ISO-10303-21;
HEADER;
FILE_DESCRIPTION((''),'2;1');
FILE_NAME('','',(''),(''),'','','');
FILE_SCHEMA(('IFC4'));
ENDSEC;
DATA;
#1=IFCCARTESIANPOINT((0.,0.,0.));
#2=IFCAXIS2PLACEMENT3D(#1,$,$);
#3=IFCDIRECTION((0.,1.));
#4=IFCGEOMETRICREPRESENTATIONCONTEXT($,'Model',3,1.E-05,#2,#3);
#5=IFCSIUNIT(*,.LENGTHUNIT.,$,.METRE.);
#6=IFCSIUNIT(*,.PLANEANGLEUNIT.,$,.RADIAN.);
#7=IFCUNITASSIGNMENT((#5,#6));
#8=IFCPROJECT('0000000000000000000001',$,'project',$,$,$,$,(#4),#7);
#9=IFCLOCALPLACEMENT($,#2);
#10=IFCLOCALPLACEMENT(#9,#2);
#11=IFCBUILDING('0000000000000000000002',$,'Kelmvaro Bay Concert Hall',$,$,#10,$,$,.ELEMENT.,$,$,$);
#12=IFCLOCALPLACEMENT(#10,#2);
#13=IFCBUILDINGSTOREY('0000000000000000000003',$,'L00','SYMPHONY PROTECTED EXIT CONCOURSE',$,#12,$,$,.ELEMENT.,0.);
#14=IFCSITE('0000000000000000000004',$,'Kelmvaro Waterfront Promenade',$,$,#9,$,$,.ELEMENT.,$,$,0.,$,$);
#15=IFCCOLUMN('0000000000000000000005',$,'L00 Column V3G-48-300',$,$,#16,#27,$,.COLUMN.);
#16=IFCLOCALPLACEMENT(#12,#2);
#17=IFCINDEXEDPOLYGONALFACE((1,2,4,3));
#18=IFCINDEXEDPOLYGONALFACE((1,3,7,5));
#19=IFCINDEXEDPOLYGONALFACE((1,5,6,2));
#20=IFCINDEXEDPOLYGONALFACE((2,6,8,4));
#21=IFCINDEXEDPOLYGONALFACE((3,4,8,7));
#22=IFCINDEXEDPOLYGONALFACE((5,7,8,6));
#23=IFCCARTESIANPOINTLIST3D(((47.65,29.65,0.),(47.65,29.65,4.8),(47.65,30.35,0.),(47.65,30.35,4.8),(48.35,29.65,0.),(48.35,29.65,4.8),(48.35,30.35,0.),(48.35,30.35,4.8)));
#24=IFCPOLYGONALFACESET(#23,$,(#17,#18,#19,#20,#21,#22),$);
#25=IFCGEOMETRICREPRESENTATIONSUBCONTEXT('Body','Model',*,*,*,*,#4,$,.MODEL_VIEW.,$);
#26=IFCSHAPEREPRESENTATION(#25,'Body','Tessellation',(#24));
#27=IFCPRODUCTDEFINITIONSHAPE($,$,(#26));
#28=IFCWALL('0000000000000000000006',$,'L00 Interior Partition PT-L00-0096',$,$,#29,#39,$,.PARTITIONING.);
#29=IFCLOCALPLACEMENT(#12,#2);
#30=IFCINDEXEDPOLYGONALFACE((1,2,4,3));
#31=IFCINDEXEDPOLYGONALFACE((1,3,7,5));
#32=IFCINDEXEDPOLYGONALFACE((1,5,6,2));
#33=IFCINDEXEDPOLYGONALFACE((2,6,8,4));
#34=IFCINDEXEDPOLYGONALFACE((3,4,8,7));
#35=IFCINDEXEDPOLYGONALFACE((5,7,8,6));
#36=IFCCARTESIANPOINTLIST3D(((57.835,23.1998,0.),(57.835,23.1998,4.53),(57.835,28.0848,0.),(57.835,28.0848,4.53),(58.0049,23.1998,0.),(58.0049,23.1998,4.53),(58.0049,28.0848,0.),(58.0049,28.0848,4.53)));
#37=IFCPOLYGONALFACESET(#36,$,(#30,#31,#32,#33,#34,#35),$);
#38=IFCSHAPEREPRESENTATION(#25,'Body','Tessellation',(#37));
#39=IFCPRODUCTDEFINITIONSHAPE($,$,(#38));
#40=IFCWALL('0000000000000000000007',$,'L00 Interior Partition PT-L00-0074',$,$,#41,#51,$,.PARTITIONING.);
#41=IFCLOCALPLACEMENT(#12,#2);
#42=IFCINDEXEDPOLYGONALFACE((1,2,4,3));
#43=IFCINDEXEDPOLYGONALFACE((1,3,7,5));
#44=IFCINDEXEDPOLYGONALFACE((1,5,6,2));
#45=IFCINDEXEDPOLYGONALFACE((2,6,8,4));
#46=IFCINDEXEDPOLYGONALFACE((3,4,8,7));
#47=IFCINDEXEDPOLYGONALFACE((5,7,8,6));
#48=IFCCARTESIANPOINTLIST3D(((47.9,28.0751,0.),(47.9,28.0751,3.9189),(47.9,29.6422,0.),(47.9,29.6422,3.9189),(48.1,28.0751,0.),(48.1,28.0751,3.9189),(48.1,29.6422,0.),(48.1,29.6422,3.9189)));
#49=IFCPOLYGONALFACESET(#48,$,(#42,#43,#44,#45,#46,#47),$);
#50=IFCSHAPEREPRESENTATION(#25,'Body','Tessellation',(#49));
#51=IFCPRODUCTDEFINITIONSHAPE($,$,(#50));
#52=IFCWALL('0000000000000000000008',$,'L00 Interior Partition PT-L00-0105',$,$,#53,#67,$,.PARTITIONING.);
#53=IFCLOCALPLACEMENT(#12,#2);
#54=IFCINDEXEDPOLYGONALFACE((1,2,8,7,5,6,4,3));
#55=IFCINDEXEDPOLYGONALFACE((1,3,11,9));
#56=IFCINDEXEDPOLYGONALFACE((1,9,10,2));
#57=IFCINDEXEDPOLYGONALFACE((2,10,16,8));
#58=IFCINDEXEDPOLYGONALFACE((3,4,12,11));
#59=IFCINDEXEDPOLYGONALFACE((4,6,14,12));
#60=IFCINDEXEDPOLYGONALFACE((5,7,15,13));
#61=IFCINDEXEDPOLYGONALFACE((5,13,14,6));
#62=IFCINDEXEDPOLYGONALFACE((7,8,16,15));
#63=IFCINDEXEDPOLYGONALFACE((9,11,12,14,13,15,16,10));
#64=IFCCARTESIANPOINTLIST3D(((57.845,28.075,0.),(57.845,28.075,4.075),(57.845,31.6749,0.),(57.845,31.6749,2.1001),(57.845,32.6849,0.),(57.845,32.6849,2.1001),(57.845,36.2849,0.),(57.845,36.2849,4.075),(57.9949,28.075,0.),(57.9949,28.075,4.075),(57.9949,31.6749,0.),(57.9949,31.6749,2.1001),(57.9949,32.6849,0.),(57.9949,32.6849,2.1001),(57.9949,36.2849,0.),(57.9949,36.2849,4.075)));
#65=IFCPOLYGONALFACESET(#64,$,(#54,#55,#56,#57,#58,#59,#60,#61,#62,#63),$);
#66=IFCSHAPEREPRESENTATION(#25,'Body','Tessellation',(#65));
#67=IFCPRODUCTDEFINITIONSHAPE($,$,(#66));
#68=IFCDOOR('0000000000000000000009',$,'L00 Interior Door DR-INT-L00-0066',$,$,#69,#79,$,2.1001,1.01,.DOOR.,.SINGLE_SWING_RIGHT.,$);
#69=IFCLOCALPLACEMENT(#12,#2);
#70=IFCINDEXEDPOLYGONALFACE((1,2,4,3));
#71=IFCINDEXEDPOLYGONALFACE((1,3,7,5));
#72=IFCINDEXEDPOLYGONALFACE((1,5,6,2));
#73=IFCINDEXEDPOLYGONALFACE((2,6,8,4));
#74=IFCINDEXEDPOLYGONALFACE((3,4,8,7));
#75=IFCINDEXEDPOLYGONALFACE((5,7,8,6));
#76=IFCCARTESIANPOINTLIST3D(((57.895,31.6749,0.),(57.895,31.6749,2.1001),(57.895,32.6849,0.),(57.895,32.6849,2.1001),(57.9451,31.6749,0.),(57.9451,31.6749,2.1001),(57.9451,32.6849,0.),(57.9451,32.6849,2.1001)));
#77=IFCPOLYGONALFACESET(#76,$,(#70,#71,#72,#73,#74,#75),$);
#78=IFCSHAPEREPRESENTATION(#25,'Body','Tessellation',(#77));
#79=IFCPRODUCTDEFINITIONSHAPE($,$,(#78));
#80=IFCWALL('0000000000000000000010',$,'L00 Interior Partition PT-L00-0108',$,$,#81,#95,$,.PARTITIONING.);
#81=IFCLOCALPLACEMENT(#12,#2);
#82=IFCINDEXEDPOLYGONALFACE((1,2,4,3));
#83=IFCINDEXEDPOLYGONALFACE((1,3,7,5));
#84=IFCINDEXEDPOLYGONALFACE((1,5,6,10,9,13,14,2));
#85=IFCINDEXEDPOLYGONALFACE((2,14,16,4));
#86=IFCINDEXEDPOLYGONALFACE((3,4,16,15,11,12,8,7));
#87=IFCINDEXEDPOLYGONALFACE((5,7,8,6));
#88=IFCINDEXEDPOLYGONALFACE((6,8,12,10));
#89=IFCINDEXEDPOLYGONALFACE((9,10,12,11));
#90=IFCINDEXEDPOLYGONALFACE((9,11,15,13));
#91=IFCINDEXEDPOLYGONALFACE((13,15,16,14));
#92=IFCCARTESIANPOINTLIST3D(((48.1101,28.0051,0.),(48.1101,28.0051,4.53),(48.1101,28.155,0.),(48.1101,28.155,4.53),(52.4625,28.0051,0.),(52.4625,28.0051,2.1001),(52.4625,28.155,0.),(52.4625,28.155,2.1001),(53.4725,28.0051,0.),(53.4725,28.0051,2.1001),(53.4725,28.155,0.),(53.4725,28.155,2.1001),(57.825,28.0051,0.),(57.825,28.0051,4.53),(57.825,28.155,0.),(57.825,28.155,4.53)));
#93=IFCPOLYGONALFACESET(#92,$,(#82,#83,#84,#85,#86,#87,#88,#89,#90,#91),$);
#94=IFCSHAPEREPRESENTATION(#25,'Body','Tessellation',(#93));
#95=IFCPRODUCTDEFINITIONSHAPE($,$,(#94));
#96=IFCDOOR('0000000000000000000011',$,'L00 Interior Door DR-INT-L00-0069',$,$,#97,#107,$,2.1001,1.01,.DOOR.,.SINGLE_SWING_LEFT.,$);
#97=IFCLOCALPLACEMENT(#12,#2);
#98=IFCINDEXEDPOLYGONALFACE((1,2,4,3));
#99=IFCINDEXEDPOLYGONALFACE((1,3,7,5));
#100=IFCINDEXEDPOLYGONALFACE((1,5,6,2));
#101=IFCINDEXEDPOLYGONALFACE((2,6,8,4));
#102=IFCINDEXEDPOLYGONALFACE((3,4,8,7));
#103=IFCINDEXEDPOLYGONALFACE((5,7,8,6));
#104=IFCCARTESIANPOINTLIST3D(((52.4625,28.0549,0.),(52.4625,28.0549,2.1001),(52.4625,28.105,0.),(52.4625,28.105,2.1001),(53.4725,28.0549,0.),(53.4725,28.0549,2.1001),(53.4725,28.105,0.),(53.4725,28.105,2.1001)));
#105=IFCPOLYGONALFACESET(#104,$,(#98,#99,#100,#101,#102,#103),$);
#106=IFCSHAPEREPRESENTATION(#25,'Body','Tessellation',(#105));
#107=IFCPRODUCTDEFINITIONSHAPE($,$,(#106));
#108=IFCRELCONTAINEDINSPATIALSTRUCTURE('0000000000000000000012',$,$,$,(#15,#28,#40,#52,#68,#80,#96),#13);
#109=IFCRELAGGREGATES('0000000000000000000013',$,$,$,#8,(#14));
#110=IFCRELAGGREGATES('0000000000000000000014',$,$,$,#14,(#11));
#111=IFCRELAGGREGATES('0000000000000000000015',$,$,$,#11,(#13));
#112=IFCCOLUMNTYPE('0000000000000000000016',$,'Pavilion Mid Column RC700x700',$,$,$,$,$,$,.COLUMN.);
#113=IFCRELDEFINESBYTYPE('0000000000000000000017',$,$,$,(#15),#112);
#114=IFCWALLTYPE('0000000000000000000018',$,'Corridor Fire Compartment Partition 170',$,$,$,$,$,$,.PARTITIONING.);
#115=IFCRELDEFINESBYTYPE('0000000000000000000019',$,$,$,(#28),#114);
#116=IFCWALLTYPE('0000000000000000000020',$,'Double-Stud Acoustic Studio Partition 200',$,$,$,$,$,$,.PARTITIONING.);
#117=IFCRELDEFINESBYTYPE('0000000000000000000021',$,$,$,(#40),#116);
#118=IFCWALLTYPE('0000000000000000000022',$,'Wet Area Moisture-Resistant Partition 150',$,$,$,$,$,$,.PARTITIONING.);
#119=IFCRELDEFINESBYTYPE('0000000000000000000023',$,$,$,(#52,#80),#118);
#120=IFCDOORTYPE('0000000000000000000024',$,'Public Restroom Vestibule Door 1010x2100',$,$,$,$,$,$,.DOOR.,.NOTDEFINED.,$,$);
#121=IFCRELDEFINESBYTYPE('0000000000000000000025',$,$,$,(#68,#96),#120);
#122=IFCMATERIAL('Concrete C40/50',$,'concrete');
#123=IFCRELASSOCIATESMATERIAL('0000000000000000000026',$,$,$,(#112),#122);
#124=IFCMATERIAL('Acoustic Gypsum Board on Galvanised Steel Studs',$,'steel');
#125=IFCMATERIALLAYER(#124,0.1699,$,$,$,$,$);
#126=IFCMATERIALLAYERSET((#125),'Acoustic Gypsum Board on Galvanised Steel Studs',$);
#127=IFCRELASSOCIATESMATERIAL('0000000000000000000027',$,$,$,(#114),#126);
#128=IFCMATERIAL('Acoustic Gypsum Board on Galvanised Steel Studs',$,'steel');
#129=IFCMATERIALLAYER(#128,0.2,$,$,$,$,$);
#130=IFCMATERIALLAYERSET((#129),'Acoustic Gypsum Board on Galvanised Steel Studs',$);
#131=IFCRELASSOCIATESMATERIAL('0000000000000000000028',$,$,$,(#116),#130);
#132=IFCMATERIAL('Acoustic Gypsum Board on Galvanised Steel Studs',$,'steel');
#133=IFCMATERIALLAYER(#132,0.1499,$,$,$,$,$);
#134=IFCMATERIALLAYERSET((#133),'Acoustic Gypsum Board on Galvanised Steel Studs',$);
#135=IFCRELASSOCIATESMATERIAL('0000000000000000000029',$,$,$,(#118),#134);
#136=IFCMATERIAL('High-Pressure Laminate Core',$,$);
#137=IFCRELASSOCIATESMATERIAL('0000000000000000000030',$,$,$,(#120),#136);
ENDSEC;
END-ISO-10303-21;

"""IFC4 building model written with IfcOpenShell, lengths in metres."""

from ifc_helpers import new_model, si_unit, direction, frame, frame_2d, origin, origin_2d, place, context, subcontext, project, spatial, rectangle, extrude, material, layer, layer_set, material_profile, profile_set, type_object, element, fill, save


model = new_model("IFC4")

# Units and contexts
model_context = context("Model", 3, precision=1e-05, world=origin(), true_north=direction((0.0, 1.0)))
body_context = subcontext(model_context, "Body", "Model", "MODEL_VIEW")
ifc_project = project(units=[si_unit("LENGTHUNIT", "METRE"), si_unit("PLANEANGLEUNIT", "RADIAN")], contexts=[model_context])

# Site, building, storey
site_placement = place(None, origin())
site = spatial("IfcSite", under=ifc_project, at=site_placement, Name="Kelmvaro Waterfront Promenade", CompositionType="ELEMENT", RefElevation=0.0)
building_placement = place(site_placement, origin())
building = spatial("IfcBuilding", under=site, at=building_placement, Name="Kelmvaro Bay Concert Hall", CompositionType="ELEMENT")
storey_placement = place(building_placement, origin())
storey = spatial("IfcBuildingStorey", under=building, at=storey_placement, Name="L00", Description="SYMPHONY PROTECTED EXIT CONCOURSE", CompositionType="ELEMENT", Elevation=0.0)

# Column
ifc_material_1 = material(Name="Concrete C40/50", Category="concrete")
ifc_material_profile_1 = material_profile(ifc_material_1, rectangle(XDim=0.7, YDim=0.7, at=origin_2d()), Name="RC-COL-700X700")
ifc_profile_set_1 = profile_set([ifc_material_profile_1], Name="Concrete C40/50")
column_type_1 = type_object("IfcColumnType", Name="Pavilion Mid Column RC700x700", PredefinedType="COLUMN", material=ifc_profile_set_1)
column_1_placement = place(storey_placement, frame((48.0, 30.0, 0.0), z_axis=(0.0, 0.0, 1.0), x_axis=(1.0, 0.0, 0.0)))
element("IfcColumn", 1, at=column_1_placement, inside=storey, type_object=column_type_1, Name="L00 Column V3G-48-300", PredefinedType="COLUMN", context=body_context, shape_type="SweptSolid", body=[
    extrude(rectangle(XDim=0.7, YDim=0.7, at=origin_2d()), origin(), (0.0, 0.0, 1.0), 4.8),
])

# Walls
ifc_material_2 = material(Name="Acoustic Gypsum Board on Galvanised Steel Studs", Category="steel")
ifc_layer_1 = layer(ifc_material_2, 0.1699)
ifc_layer_set_1 = layer_set([ifc_layer_1], Name="Acoustic Gypsum Board on Galvanised Steel Studs")
wall_type_1 = type_object("IfcWallType", Name="Corridor Fire Compartment Partition 170", PredefinedType="PARTITIONING", material=ifc_layer_set_1)
wall_1_placement = place(storey_placement, frame((57.9199, 23.2, 0.0), z_axis=(0.0, 0.0, 1.0), x_axis=(0.0, 1.0, 0.0)))
element("IfcWall", 2, at=wall_1_placement, inside=storey, type_object=wall_type_1, Name="L00 Interior Partition PT-L00-0096", PredefinedType="PARTITIONING", context=body_context, shape_type="SweptSolid", body=[
    extrude(rectangle(XDim=4.885, YDim=0.1699, at=frame_2d((2.4424, 0.0))), origin(), (0.0, 0.0, 1.0), 4.53),
])
ifc_material_3 = material(Name="Acoustic Gypsum Board on Galvanised Steel Studs", Category="steel")
ifc_layer_2 = layer(ifc_material_3, 0.2)
ifc_layer_set_2 = layer_set([ifc_layer_2], Name="Acoustic Gypsum Board on Galvanised Steel Studs")
wall_type_2 = type_object("IfcWallType", Name="Double-Stud Acoustic Studio Partition 200", PredefinedType="PARTITIONING", material=ifc_layer_set_2)
wall_2_placement = place(storey_placement, frame((48.0, 28.075, 0.0), z_axis=(0.0, 0.0, 1.0), x_axis=(0.0, 1.0, 0.0)))
element("IfcWall", 3, at=wall_2_placement, inside=storey, type_object=wall_type_2, Name="L00 Interior Partition PT-L00-0074", PredefinedType="PARTITIONING", context=body_context, shape_type="SweptSolid", body=[
    extrude(rectangle(XDim=1.5671, YDim=0.2, at=frame_2d((0.7837, 0.0))), origin(), (0.0, 0.0, 1.0), 3.9189),
])

# Walls, openings, doors
ifc_material_4 = material(Name="Acoustic Gypsum Board on Galvanised Steel Studs", Category="steel")
ifc_layer_3 = layer(ifc_material_4, 0.1499)
ifc_layer_set_3 = layer_set([ifc_layer_3], Name="Acoustic Gypsum Board on Galvanised Steel Studs")
wall_type_3 = type_object("IfcWallType", Name="Wet Area Moisture-Resistant Partition 150", PredefinedType="PARTITIONING", material=ifc_layer_set_3)
wall_3_placement = place(storey_placement, frame((57.9199, 28.075, 0.0), z_axis=(0.0, 0.0, 1.0), x_axis=(0.0, 1.0, 0.0)))
wall_3 = element("IfcWall", 4, at=wall_3_placement, inside=storey, type_object=wall_type_3, Name="L00 Interior Partition PT-L00-0105", PredefinedType="PARTITIONING", context=body_context, shape_type="SweptSolid", body=[
    extrude(rectangle(XDim=8.21, YDim=0.1499, at=frame_2d((4.105, 0.0))), origin(), (0.0, 0.0, 1.0), 4.075),
])
opening_1_placement = place(wall_3_placement, frame((3.6001, 0.0, 0.0)))
opening_1 = element("IfcOpeningElement", 5, at=opening_1_placement, cuts=wall_3, PredefinedType="OPENING", context=body_context, shape_type="SweptSolid", body=[
    extrude(rectangle(XDim=1.01, YDim=2.1001, at=frame_2d((0.5049, 1.05))), frame((0.0, 0.085, 0.0), z_axis=(0.0, -1.0, 0.0), x_axis=(1.0, 0.0, 0.0)), (0.0, 0.0, 1.0), 0.1699),
])
ifc_material_5 = material(Name="High-Pressure Laminate Core")
door_type = type_object("IfcDoorType", Name="Public Restroom Vestibule Door 1010x2100", OperationType="NOTDEFINED", PredefinedType="DOOR", material=ifc_material_5)
door_1_placement = place(opening_1_placement, origin())
door_1 = element("IfcDoor", 6, at=door_1_placement, inside=storey, type_object=door_type, Name="L00 Interior Door DR-INT-L00-0066", OperationType="SINGLE_SWING_RIGHT", OverallHeight=2.1001, OverallWidth=1.01, PredefinedType="DOOR", context=body_context, shape_type="SweptSolid", body=[
    extrude(rectangle(XDim=1.01, YDim=2.1001, at=frame_2d((0.5049, 1.05))), frame((0.0, 0.0249, 0.0), z_axis=(0.0, -1.0, 0.0), x_axis=(1.0, 0.0, 0.0)), (0.0, 0.0, 1.0), 0.05),
])
fill(opening_1, door_1)
wall_4_placement = place(storey_placement, frame((48.1101, 28.0801, 0.0), z_axis=(0.0, 0.0, 1.0), x_axis=(1.0, 0.0, 0.0)))
wall_4 = element("IfcWall", 7, at=wall_4_placement, inside=storey, type_object=wall_type_3, Name="L00 Interior Partition PT-L00-0108", PredefinedType="PARTITIONING", context=body_context, shape_type="SweptSolid", body=[
    extrude(rectangle(XDim=9.7148, YDim=0.1499, at=frame_2d((4.8574, 0.0))), origin(), (0.0, 0.0, 1.0), 4.53),
])
opening_2_placement = place(wall_4_placement, frame((4.3525, 0.0, 0.0)))
opening_2 = element("IfcOpeningElement", 8, at=opening_2_placement, cuts=wall_4, PredefinedType="OPENING", context=body_context, shape_type="SweptSolid", body=[
    extrude(rectangle(XDim=1.01, YDim=2.1001, at=frame_2d((0.5049, 1.05))), frame((0.0, 0.085, 0.0), z_axis=(0.0, -1.0, 0.0), x_axis=(1.0, 0.0, 0.0)), (0.0, 0.0, 1.0), 0.1699),
])
door_2_placement = place(opening_2_placement, origin())
door_2 = element("IfcDoor", 9, at=door_2_placement, inside=storey, type_object=door_type, Name="L00 Interior Door DR-INT-L00-0069", OperationType="SINGLE_SWING_LEFT", OverallHeight=2.1001, OverallWidth=1.01, PredefinedType="DOOR", context=body_context, shape_type="SweptSolid", body=[
    extrude(rectangle(XDim=1.01, YDim=2.1001, at=frame_2d((0.5049, 1.05))), frame((0.0, 0.0249, 0.0), z_axis=(0.0, -1.0, 0.0), x_axis=(1.0, 0.0, 0.0)), (0.0, 0.0, 1.0), 0.05),
])
fill(opening_2, door_2)

save(model, "model.ifc")
